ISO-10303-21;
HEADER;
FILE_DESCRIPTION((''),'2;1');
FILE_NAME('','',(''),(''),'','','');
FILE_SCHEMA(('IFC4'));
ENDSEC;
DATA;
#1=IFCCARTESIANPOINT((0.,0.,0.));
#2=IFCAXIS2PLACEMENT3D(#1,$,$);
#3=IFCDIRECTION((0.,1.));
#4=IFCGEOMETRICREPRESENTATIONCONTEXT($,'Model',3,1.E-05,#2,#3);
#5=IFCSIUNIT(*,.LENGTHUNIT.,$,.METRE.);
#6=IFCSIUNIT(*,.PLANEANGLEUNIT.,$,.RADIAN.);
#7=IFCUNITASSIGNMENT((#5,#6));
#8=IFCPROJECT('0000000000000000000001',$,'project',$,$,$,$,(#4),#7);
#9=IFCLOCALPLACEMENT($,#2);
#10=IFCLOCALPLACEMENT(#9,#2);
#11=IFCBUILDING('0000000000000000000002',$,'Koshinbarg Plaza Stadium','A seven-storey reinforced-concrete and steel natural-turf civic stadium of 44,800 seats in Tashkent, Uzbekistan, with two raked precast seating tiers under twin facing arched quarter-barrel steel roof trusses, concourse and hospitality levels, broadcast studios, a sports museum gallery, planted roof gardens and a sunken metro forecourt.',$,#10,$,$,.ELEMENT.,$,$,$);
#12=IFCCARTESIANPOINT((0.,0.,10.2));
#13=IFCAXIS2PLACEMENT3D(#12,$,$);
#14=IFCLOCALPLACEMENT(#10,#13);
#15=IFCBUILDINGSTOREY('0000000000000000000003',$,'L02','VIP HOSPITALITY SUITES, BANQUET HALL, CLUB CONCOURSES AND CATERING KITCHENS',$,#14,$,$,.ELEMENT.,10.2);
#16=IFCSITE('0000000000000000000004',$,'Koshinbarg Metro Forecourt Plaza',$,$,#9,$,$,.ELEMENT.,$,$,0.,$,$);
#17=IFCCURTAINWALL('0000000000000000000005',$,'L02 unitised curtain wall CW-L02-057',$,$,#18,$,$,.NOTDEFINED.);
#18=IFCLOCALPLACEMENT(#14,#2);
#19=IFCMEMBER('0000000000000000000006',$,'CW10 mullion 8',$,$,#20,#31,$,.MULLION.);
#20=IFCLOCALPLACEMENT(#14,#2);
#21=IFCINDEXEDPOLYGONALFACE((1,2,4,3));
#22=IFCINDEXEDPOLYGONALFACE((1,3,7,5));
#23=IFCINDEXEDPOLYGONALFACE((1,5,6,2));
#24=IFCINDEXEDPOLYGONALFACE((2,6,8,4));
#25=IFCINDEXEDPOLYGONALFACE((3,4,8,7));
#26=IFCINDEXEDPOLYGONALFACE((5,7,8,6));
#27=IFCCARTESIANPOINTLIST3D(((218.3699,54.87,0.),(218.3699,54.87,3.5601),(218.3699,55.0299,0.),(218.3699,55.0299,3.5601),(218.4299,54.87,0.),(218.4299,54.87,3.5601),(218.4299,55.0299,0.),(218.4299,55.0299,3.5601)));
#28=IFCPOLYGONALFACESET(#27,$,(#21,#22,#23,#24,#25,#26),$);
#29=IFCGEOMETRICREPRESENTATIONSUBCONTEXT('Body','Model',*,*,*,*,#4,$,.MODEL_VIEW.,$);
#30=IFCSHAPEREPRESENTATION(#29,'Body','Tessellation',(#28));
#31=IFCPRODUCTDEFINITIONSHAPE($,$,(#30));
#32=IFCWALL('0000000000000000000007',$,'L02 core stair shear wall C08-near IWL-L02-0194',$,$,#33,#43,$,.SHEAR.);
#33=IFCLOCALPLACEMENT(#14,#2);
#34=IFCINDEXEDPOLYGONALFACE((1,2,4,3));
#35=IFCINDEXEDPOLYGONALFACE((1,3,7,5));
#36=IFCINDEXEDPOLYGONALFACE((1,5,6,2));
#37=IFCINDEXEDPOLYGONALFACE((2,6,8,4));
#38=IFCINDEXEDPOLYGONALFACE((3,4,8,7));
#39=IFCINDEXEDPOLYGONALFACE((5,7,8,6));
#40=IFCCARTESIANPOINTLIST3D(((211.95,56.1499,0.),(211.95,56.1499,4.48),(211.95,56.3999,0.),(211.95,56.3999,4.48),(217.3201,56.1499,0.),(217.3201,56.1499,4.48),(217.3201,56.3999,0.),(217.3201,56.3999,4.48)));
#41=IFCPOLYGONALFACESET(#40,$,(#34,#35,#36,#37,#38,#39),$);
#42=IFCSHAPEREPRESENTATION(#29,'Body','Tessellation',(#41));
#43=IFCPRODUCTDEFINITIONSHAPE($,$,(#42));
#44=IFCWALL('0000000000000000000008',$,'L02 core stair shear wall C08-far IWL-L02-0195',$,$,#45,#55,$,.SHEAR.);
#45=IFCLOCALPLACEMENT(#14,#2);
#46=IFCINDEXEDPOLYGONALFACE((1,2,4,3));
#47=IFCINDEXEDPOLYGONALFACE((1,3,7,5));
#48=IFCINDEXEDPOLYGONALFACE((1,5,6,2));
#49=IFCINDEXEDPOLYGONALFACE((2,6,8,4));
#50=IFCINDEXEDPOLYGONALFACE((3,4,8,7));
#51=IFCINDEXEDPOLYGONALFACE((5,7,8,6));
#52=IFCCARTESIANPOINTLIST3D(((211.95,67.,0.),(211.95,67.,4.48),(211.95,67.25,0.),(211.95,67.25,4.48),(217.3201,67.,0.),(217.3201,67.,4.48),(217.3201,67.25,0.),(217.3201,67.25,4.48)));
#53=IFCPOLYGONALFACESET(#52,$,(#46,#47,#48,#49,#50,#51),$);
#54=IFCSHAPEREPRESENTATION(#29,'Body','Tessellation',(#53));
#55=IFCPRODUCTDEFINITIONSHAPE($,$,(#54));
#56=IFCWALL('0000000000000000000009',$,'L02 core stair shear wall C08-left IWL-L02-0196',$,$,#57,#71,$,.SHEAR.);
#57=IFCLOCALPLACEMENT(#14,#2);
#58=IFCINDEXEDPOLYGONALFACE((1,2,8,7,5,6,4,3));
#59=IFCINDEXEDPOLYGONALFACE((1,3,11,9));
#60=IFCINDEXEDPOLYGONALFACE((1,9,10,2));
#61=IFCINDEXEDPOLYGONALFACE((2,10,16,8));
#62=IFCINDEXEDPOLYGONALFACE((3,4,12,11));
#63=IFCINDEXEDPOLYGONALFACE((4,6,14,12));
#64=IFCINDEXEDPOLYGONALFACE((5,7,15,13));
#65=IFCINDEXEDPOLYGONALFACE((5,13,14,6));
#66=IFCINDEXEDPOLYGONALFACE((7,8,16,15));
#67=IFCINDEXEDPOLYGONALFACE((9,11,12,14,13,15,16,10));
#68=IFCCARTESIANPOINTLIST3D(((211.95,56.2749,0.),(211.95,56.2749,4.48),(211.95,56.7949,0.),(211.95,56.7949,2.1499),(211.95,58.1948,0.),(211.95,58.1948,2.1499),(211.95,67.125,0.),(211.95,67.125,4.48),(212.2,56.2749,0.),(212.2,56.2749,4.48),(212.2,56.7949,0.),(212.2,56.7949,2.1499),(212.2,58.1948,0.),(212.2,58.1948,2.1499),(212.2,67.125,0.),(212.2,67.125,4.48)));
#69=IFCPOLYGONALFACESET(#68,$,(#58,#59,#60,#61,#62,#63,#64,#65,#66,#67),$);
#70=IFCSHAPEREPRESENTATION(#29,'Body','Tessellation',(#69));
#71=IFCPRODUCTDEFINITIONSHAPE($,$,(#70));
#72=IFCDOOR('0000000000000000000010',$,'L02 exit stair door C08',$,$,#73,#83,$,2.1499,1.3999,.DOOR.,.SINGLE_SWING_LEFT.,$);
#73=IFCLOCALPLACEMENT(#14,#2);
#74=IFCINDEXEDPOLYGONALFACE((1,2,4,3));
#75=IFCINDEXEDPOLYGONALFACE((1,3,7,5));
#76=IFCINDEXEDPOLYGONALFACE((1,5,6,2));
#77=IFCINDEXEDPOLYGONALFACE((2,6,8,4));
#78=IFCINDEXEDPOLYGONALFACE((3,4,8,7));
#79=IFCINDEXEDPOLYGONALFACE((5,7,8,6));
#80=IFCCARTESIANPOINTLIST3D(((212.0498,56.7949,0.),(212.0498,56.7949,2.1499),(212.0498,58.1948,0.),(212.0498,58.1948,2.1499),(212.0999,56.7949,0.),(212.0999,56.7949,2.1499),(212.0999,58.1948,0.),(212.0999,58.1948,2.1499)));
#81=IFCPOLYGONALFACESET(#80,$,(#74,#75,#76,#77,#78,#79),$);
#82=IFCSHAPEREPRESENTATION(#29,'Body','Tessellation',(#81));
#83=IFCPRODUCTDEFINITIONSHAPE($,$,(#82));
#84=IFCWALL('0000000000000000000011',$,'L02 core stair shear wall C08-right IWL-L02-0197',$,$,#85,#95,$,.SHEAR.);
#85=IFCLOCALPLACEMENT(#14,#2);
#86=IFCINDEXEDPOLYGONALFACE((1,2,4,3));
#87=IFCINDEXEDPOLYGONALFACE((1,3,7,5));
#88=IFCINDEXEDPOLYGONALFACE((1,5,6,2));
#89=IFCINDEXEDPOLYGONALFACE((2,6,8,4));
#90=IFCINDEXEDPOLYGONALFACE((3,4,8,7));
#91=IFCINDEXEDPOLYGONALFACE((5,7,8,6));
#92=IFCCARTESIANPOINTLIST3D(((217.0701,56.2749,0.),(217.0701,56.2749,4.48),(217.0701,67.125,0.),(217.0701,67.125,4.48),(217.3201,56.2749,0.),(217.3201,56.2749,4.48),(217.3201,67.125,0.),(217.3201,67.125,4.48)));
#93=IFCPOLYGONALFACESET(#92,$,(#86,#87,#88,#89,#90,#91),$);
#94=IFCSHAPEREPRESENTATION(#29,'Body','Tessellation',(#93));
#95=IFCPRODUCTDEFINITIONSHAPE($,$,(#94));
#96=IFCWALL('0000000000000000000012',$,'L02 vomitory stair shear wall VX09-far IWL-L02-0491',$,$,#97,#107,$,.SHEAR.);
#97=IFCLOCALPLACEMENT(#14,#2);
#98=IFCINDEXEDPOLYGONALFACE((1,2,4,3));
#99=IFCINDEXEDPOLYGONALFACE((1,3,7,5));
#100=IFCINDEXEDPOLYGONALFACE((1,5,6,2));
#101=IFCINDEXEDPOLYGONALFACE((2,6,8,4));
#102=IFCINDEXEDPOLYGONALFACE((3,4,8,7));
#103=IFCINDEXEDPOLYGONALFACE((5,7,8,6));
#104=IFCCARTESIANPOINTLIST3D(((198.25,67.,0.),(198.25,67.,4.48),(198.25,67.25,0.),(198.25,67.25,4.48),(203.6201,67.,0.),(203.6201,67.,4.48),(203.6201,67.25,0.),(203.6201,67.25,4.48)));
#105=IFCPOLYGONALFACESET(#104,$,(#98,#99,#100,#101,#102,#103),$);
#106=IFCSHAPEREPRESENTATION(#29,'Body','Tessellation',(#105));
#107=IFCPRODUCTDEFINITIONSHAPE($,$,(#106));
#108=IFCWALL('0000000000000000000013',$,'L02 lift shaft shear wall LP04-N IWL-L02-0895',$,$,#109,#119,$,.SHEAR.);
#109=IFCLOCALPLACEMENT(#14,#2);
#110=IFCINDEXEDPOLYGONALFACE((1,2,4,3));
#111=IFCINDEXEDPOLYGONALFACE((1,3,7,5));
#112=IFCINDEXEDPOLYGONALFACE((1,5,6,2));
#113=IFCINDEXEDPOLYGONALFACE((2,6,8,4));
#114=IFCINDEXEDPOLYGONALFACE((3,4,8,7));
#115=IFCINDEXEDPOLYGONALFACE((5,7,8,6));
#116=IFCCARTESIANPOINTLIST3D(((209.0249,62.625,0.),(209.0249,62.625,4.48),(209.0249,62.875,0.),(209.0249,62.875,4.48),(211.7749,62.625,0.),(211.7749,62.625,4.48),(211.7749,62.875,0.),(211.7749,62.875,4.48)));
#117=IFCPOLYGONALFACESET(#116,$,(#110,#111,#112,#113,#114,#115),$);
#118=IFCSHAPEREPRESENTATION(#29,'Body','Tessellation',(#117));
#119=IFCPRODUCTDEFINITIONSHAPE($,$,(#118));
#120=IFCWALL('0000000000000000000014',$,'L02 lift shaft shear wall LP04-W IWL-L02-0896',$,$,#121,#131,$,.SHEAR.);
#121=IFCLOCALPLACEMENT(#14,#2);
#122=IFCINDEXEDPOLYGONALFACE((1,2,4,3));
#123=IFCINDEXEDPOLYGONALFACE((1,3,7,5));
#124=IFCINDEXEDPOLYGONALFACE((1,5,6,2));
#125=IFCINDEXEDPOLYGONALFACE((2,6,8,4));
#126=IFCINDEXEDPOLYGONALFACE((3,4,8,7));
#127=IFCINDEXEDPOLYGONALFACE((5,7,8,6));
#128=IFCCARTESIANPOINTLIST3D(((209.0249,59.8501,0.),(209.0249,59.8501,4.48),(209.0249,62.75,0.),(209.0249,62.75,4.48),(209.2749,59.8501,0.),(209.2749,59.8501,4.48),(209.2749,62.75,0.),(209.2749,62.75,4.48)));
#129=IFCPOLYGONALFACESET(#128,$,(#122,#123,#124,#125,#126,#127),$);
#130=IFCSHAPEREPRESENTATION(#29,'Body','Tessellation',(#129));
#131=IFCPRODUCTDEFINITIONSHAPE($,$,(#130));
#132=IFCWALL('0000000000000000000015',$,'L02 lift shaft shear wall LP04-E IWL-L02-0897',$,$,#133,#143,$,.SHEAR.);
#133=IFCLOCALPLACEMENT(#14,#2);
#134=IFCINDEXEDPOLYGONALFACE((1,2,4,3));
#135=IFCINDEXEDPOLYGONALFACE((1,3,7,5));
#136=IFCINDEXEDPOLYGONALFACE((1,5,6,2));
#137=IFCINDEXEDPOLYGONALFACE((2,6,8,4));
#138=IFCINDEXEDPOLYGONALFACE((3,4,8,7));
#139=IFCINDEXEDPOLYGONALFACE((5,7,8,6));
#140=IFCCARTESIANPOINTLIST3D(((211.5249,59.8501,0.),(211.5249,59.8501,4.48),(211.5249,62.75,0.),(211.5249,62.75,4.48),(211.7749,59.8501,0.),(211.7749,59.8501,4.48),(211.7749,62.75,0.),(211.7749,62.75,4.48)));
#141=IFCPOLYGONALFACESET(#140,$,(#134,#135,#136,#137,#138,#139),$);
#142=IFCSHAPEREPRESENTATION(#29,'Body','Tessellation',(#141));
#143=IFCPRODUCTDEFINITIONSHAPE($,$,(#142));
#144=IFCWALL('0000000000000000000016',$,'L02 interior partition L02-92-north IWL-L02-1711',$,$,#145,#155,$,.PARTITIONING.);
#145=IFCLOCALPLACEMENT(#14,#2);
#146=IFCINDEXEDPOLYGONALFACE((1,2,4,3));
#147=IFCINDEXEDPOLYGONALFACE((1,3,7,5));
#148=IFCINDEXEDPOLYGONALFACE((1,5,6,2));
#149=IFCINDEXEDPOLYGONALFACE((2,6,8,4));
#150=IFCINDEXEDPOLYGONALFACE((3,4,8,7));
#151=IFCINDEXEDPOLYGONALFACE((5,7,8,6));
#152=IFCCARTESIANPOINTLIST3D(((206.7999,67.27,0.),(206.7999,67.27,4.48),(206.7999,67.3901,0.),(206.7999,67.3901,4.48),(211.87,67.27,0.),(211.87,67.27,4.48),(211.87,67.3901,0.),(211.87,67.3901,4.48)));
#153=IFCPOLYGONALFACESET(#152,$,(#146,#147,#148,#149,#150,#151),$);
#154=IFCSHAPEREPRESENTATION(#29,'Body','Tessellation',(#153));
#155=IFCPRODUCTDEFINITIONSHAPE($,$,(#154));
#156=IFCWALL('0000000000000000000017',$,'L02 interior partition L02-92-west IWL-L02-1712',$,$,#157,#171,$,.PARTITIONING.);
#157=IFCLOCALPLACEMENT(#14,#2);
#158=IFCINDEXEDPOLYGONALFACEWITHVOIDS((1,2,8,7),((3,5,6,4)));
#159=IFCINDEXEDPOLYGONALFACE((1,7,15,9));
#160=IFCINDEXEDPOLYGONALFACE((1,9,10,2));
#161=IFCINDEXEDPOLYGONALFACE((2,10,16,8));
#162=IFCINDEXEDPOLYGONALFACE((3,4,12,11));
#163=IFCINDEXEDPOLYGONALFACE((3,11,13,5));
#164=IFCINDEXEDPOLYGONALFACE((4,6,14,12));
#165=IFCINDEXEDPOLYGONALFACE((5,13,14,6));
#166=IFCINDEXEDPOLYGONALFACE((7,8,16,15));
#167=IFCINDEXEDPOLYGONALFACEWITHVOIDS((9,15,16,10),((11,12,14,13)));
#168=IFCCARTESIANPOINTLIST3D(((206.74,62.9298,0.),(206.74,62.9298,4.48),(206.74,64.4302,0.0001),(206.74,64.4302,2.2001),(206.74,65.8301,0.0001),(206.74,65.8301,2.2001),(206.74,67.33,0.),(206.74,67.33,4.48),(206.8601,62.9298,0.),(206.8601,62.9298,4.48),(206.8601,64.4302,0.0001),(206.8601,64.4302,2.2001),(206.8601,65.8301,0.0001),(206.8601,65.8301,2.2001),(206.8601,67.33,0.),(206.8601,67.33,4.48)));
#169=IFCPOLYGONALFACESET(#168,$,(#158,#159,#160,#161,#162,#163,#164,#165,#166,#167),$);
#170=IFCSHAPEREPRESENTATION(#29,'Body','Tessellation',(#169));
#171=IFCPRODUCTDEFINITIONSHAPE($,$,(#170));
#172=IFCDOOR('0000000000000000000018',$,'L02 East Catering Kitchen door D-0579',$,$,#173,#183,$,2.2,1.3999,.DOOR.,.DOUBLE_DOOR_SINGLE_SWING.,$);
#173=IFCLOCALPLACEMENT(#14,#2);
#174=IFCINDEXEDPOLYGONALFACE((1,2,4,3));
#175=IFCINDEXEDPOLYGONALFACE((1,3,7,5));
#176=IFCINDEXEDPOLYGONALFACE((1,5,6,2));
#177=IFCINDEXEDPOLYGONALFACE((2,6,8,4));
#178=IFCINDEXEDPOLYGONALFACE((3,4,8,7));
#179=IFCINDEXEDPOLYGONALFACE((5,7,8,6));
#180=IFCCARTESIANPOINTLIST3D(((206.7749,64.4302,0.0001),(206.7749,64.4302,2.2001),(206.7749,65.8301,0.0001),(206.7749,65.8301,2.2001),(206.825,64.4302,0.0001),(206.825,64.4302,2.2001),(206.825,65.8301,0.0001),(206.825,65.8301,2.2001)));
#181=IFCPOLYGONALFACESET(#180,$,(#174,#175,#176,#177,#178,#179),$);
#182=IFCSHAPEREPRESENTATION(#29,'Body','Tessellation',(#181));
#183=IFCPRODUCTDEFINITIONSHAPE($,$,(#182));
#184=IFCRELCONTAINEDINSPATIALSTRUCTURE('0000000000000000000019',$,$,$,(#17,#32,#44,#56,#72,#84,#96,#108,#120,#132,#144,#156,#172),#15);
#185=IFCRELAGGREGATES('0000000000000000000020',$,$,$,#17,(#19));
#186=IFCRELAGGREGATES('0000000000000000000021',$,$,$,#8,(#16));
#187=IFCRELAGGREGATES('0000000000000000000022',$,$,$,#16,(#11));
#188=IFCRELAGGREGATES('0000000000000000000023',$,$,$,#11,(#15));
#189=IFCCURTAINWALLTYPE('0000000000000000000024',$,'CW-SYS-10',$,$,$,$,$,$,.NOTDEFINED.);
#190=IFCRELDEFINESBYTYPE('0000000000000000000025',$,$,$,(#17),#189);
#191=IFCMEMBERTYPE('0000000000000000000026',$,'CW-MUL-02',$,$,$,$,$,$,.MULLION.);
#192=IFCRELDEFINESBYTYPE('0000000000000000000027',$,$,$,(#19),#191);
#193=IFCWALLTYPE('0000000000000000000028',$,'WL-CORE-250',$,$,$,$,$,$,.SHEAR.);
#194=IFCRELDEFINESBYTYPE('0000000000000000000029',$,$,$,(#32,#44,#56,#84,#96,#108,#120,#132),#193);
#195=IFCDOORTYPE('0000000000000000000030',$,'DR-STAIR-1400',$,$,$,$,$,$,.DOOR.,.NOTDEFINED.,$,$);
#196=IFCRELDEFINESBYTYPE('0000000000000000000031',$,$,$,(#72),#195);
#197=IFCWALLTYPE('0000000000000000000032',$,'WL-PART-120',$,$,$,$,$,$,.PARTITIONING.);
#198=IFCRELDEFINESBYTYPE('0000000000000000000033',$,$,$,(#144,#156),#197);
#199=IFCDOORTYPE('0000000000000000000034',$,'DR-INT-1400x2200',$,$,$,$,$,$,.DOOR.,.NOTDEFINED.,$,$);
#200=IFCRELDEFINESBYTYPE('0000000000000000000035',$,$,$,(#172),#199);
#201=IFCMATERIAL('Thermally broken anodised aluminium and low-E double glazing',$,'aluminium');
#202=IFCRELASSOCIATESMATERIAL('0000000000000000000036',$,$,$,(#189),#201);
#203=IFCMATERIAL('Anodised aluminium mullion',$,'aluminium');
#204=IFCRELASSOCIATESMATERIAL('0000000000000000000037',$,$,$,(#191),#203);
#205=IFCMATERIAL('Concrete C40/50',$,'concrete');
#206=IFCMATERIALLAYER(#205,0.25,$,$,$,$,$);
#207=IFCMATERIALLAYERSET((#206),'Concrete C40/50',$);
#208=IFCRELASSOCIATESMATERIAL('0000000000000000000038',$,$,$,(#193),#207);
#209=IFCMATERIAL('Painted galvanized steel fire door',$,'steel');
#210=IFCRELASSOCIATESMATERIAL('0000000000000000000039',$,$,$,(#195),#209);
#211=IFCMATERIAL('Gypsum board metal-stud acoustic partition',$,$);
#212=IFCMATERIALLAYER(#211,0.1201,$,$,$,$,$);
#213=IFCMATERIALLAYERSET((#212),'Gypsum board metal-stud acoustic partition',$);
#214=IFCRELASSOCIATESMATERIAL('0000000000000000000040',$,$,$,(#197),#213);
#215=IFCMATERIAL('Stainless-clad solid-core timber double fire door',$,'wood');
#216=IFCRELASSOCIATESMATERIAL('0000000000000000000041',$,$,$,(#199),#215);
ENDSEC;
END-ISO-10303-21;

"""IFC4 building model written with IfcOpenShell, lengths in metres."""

from ifc_helpers import new_model, si_unit, direction, frame, frame_2d, origin, origin_2d, place, context, subcontext, project, spatial, rectangle, extrude, material, layer, layer_set, material_profile, profile_set, type_object, element, fill, aggregate, save


model = new_model("IFC4")

# Units and contexts
model_context = context("Model", 3, precision=1e-05, world=origin(), true_north=direction((0.0, 1.0)))
body_context = subcontext(model_context, "Body", "Model", "MODEL_VIEW")
ifc_project = project(units=[si_unit("LENGTHUNIT", "METRE"), si_unit("PLANEANGLEUNIT", "RADIAN")], contexts=[model_context])

# Site, building, storey
site_placement = place(None, origin())
site = spatial("IfcSite", under=ifc_project, at=site_placement, Name="Koshinbarg Metro Forecourt Plaza", CompositionType="ELEMENT", RefElevation=0.0)
building_placement = place(site_placement, origin())
building = spatial("IfcBuilding", under=site, at=building_placement, Name="Koshinbarg Plaza Stadium", Description="A seven-storey reinforced-concrete and steel natural-turf civic stadium of 44,800 seats in Tashkent, Uzbekistan, with two raked precast seating tiers under twin facing arched quarter-barrel steel roof trusses, concourse and hospitality levels, broadcast studios, a sports museum gallery, planted roof gardens and a sunken metro forecourt.", CompositionType="ELEMENT")
storey_placement = place(building_placement, frame((0.0, 0.0, 10.2)))
storey = spatial("IfcBuildingStorey", under=building, at=storey_placement, Name="L02", Description="VIP HOSPITALITY SUITES, BANQUET HALL, CLUB CONCOURSES AND CATERING KITCHENS", CompositionType="ELEMENT", Elevation=10.2)

# Shared definitions
ifc_material_1 = material(Name="Concrete C40/50", Category="concrete")

# Curtain wall, member
ifc_material_2 = material(Name="Thermally broken anodised aluminium and low-E double glazing", Category="aluminium")
curtain_wall_type = type_object("IfcCurtainWallType", Name="CW-SYS-10", PredefinedType="NOTDEFINED", material=ifc_material_2)
curtain_wall_placement = place(storey_placement, origin())
curtain_wall = element("IfcCurtainWall", 1, at=curtain_wall_placement, inside=storey, type_object=curtain_wall_type, Name="L02 unitised curtain wall CW-L02-057", PredefinedType="NOTDEFINED")
ifc_material_3 = material(Name="Anodised aluminium mullion", Category="aluminium")
ifc_material_profile_1 = material_profile(ifc_material_3, rectangle(XDim=0.0601, YDim=0.1599, at=origin_2d()), Name="ALU 60x160")
ifc_profile_set_1 = profile_set([ifc_material_profile_1], Name="Anodised aluminium mullion")
member_type = type_object("IfcMemberType", Name="CW-MUL-02", PredefinedType="MULLION", material=ifc_profile_set_1)
member_placement = place(storey_placement, frame((218.3999, 54.95, 0.0), z_axis=(0.0, 0.0, 1.0), x_axis=(1.0, 0.0, 0.0)))
member = element("IfcMember", 2, at=member_placement, type_object=member_type, Name="CW10 mullion 8", PredefinedType="MULLION", context=body_context, shape_type="SweptSolid", body=[
    extrude(rectangle(XDim=0.0601, YDim=0.1599, at=origin_2d()), origin(), (0.0, 0.0, 1.0), 3.5601),
])
aggregate(curtain_wall, [member])

# Walls
ifc_layer_1 = layer(ifc_material_1, 0.25)
ifc_layer_set_1 = layer_set([ifc_layer_1], Name="Concrete C40/50")
wall_type_1 = type_object("IfcWallType", Name="WL-CORE-250", PredefinedType="SHEAR", material=ifc_layer_set_1)
for number, where, z_axis, x_axis, name in (
    (3, (211.95, 56.2749, 0.0), (0.0, 0.0, 1.0), (1.0, 0.0, 0.0), "L02 core stair shear wall C08-near IWL-L02-0194"),
    (4, (217.3201, 67.125, 0.0), (0.0, 0.0, 1.0), (-1.0, 0.0, 0.0), "L02 core stair shear wall C08-far IWL-L02-0195"),
):
    element("IfcWall", number, at=place(storey_placement, frame(where, z_axis=z_axis, x_axis=x_axis)), inside=storey, type_object=wall_type_1, Name=name, PredefinedType="SHEAR", context=body_context, shape_type="SweptSolid", body=[
        extrude(rectangle(XDim=5.3701, YDim=0.25, at=frame_2d((2.6851, 0.0))), origin(), (0.0, 0.0, 1.0), 4.48),
    ])

# Wall, opening, door
wall_1_placement = place(storey_placement, frame((212.075, 56.2749, 0.0), z_axis=(0.0, 0.0, 1.0), x_axis=(0.0, 1.0, 0.0)))
wall_1 = element("IfcWall", 5, at=wall_1_placement, inside=storey, type_object=wall_type_1, Name="L02 core stair shear wall C08-left IWL-L02-0196", PredefinedType="SHEAR", context=body_context, shape_type="SweptSolid", body=[
    extrude(rectangle(XDim=10.8501, YDim=0.25, at=frame_2d((5.425, 0.0))), origin(), (0.0, 0.0, 1.0), 4.48),
])
opening_1_placement = place(wall_1_placement, frame((0.52, 0.0, 0.0)))
opening_1 = element("IfcOpeningElement", 6, at=opening_1_placement, cuts=wall_1, PredefinedType="OPENING", context=body_context, shape_type="SweptSolid", body=[
    extrude(rectangle(XDim=1.3999, YDim=2.1499, at=frame_2d((0.7, 1.075))), frame((0.0, 0.135, 0.0), z_axis=(0.0, -1.0, 0.0), x_axis=(1.0, 0.0, 0.0)), (0.0, 0.0, 1.0), 0.27),
])
ifc_material_4 = material(Name="Painted galvanized steel fire door", Category="steel")
door_type_1 = type_object("IfcDoorType", Name="DR-STAIR-1400", OperationType="NOTDEFINED", PredefinedType="DOOR", material=ifc_material_4)
door_1_placement = place(opening_1_placement, frame((1.3999, 0.0, 0.0), z_axis=(0.0, 0.0, 1.0), x_axis=(-1.0, 0.0, 0.0)))
door_1 = element("IfcDoor", 7, at=door_1_placement, inside=storey, type_object=door_type_1, Name="L02 exit stair door C08", OperationType="SINGLE_SWING_LEFT", OverallHeight=2.1499, OverallWidth=1.3999, PredefinedType="DOOR", context=body_context, shape_type="SweptSolid", body=[
    extrude(rectangle(XDim=1.3999, YDim=2.1499, at=frame_2d((0.7, 1.075))), frame((0.0, 0.0249, 0.0), z_axis=(0.0, -1.0, 0.0), x_axis=(1.0, 0.0, 0.0)), (0.0, 0.0, 1.0), 0.05),
])
fill(opening_1, door_1)

# Walls
wall_2_placement = place(storey_placement, frame((217.1951, 56.2749, 0.0), z_axis=(0.0, 0.0, 1.0), x_axis=(0.0, 1.0, 0.0)))
element("IfcWall", 8, at=wall_2_placement, inside=storey, type_object=wall_type_1, Name="L02 core stair shear wall C08-right IWL-L02-0197", PredefinedType="SHEAR", context=body_context, shape_type="SweptSolid", body=[
    extrude(rectangle(XDim=10.8501, YDim=0.25, at=frame_2d((5.425, 0.0))), origin(), (0.0, 0.0, 1.0), 4.48),
])
wall_3_placement = place(storey_placement, frame((203.6201, 67.125, 0.0), z_axis=(0.0, 0.0, 1.0), x_axis=(-1.0, 0.0, 0.0)))
element("IfcWall", 9, at=wall_3_placement, inside=storey, type_object=wall_type_1, Name="L02 vomitory stair shear wall VX09-far IWL-L02-0491", PredefinedType="SHEAR", context=body_context, shape_type="SweptSolid", body=[
    extrude(rectangle(XDim=5.3701, YDim=0.25, at=frame_2d((2.6851, 0.0))), origin(), (0.0, 0.0, 1.0), 4.48),
])

# Walls
wall_4_placement = place(storey_placement, frame((211.7749, 62.75, 0.0), z_axis=(0.0, 0.0, 1.0), x_axis=(-1.0, 0.0, 0.0)))
element("IfcWall", 10, at=wall_4_placement, inside=storey, type_object=wall_type_1, Name="L02 lift shaft shear wall LP04-N IWL-L02-0895", PredefinedType="SHEAR", context=body_context, shape_type="SweptSolid", body=[
    extrude(rectangle(XDim=2.75, YDim=0.25, at=frame_2d((1.375, 0.0))), origin(), (0.0, 0.0, 1.0), 4.48),
])
for number, where, z_axis, x_axis, name in (
    (11, (209.1499, 62.75, 0.0), (0.0, 0.0, 1.0), (0.0, -1.0, 0.0), "L02 lift shaft shear wall LP04-W IWL-L02-0896"),
    (12, (211.6499, 59.8501, 0.0), (0.0, 0.0, 1.0), (0.0, 1.0, 0.0), "L02 lift shaft shear wall LP04-E IWL-L02-0897"),
):
    element("IfcWall", number, at=place(storey_placement, frame(where, z_axis=z_axis, x_axis=x_axis)), inside=storey, type_object=wall_type_1, Name=name, PredefinedType="SHEAR", context=body_context, shape_type="SweptSolid", body=[
        extrude(rectangle(XDim=2.8999, YDim=0.25, at=frame_2d((1.45, 0.0))), origin(), (0.0, 0.0, 1.0), 4.48),
    ])

# Shared definitions
ifc_material_5 = material(Name="Gypsum board metal-stud acoustic partition")
ifc_layer_2 = layer(ifc_material_5, 0.1201)
ifc_layer_set_2 = layer_set([ifc_layer_2], Name="Gypsum board metal-stud acoustic partition")
wall_type_2 = type_object("IfcWallType", Name="WL-PART-120", PredefinedType="PARTITIONING", material=ifc_layer_set_2)

# Wall
wall_5_placement = place(storey_placement, frame((211.8701, 67.3301, 0.0), z_axis=(0.0, 0.0, 1.0), x_axis=(-1.0, 0.0, 0.0)))
element("IfcWall", 13, at=wall_5_placement, inside=storey, type_object=wall_type_2, Name="L02 interior partition L02-92-north IWL-L02-1711", PredefinedType="PARTITIONING", context=body_context, shape_type="SweptSolid", body=[
    extrude(rectangle(XDim=5.0701, YDim=0.1201, at=frame_2d((2.5352, 0.0))), origin(), (0.0, 0.0, 1.0), 4.48),
])

# Wall, opening, door
wall_6_placement = place(storey_placement, frame((206.8, 67.3301, 0.0), z_axis=(0.0, 0.0, 1.0), x_axis=(0.0, -1.0, 0.0)))
wall_6 = element("IfcWall", 14, at=wall_6_placement, inside=storey, type_object=wall_type_2, Name="L02 interior partition L02-92-west IWL-L02-1712", PredefinedType="PARTITIONING", context=body_context, shape_type="SweptSolid", body=[
    extrude(rectangle(XDim=4.4001, YDim=0.1201, at=frame_2d((2.2002, 0.0))), origin(), (0.0, 0.0, 1.0), 4.48),
])
opening_2_placement = place(wall_6_placement, frame((1.5, 0.0, 0.0)))
opening_2 = element("IfcOpeningElement", 15, at=opening_2_placement, cuts=wall_6, PredefinedType="OPENING", context=body_context, shape_type="SweptSolid", body=[
    extrude(rectangle(XDim=1.3999, YDim=2.2, at=frame_2d((0.7, 1.1001))), frame((0.0, 0.0701, 0.0), z_axis=(0.0, -1.0, 0.0), x_axis=(1.0, 0.0, 0.0)), (0.0, 0.0, 1.0), 0.1401),
])
ifc_material_6 = material(Name="Stainless-clad solid-core timber double fire door", Category="wood")
door_type_2 = type_object("IfcDoorType", Name="DR-INT-1400x2200", OperationType="NOTDEFINED", PredefinedType="DOOR", material=ifc_material_6)
door_2_placement = place(opening_2_placement, origin())
door_2 = element("IfcDoor", 16, at=door_2_placement, inside=storey, type_object=door_type_2, Name="L02 East Catering Kitchen door D-0579", OperationType="DOUBLE_DOOR_SINGLE_SWING", OverallHeight=2.2, OverallWidth=1.3999, PredefinedType="DOOR", context=body_context, shape_type="SweptSolid", body=[
    extrude(rectangle(XDim=1.3999, YDim=2.2, at=frame_2d((0.7, 1.1001))), frame((0.0, 0.0249, 0.0), z_axis=(0.0, -1.0, 0.0), x_axis=(1.0, 0.0, 0.0)), (0.0, 0.0, 1.0), 0.05),
])
fill(opening_2, door_2)

save(model, "model.ifc")
